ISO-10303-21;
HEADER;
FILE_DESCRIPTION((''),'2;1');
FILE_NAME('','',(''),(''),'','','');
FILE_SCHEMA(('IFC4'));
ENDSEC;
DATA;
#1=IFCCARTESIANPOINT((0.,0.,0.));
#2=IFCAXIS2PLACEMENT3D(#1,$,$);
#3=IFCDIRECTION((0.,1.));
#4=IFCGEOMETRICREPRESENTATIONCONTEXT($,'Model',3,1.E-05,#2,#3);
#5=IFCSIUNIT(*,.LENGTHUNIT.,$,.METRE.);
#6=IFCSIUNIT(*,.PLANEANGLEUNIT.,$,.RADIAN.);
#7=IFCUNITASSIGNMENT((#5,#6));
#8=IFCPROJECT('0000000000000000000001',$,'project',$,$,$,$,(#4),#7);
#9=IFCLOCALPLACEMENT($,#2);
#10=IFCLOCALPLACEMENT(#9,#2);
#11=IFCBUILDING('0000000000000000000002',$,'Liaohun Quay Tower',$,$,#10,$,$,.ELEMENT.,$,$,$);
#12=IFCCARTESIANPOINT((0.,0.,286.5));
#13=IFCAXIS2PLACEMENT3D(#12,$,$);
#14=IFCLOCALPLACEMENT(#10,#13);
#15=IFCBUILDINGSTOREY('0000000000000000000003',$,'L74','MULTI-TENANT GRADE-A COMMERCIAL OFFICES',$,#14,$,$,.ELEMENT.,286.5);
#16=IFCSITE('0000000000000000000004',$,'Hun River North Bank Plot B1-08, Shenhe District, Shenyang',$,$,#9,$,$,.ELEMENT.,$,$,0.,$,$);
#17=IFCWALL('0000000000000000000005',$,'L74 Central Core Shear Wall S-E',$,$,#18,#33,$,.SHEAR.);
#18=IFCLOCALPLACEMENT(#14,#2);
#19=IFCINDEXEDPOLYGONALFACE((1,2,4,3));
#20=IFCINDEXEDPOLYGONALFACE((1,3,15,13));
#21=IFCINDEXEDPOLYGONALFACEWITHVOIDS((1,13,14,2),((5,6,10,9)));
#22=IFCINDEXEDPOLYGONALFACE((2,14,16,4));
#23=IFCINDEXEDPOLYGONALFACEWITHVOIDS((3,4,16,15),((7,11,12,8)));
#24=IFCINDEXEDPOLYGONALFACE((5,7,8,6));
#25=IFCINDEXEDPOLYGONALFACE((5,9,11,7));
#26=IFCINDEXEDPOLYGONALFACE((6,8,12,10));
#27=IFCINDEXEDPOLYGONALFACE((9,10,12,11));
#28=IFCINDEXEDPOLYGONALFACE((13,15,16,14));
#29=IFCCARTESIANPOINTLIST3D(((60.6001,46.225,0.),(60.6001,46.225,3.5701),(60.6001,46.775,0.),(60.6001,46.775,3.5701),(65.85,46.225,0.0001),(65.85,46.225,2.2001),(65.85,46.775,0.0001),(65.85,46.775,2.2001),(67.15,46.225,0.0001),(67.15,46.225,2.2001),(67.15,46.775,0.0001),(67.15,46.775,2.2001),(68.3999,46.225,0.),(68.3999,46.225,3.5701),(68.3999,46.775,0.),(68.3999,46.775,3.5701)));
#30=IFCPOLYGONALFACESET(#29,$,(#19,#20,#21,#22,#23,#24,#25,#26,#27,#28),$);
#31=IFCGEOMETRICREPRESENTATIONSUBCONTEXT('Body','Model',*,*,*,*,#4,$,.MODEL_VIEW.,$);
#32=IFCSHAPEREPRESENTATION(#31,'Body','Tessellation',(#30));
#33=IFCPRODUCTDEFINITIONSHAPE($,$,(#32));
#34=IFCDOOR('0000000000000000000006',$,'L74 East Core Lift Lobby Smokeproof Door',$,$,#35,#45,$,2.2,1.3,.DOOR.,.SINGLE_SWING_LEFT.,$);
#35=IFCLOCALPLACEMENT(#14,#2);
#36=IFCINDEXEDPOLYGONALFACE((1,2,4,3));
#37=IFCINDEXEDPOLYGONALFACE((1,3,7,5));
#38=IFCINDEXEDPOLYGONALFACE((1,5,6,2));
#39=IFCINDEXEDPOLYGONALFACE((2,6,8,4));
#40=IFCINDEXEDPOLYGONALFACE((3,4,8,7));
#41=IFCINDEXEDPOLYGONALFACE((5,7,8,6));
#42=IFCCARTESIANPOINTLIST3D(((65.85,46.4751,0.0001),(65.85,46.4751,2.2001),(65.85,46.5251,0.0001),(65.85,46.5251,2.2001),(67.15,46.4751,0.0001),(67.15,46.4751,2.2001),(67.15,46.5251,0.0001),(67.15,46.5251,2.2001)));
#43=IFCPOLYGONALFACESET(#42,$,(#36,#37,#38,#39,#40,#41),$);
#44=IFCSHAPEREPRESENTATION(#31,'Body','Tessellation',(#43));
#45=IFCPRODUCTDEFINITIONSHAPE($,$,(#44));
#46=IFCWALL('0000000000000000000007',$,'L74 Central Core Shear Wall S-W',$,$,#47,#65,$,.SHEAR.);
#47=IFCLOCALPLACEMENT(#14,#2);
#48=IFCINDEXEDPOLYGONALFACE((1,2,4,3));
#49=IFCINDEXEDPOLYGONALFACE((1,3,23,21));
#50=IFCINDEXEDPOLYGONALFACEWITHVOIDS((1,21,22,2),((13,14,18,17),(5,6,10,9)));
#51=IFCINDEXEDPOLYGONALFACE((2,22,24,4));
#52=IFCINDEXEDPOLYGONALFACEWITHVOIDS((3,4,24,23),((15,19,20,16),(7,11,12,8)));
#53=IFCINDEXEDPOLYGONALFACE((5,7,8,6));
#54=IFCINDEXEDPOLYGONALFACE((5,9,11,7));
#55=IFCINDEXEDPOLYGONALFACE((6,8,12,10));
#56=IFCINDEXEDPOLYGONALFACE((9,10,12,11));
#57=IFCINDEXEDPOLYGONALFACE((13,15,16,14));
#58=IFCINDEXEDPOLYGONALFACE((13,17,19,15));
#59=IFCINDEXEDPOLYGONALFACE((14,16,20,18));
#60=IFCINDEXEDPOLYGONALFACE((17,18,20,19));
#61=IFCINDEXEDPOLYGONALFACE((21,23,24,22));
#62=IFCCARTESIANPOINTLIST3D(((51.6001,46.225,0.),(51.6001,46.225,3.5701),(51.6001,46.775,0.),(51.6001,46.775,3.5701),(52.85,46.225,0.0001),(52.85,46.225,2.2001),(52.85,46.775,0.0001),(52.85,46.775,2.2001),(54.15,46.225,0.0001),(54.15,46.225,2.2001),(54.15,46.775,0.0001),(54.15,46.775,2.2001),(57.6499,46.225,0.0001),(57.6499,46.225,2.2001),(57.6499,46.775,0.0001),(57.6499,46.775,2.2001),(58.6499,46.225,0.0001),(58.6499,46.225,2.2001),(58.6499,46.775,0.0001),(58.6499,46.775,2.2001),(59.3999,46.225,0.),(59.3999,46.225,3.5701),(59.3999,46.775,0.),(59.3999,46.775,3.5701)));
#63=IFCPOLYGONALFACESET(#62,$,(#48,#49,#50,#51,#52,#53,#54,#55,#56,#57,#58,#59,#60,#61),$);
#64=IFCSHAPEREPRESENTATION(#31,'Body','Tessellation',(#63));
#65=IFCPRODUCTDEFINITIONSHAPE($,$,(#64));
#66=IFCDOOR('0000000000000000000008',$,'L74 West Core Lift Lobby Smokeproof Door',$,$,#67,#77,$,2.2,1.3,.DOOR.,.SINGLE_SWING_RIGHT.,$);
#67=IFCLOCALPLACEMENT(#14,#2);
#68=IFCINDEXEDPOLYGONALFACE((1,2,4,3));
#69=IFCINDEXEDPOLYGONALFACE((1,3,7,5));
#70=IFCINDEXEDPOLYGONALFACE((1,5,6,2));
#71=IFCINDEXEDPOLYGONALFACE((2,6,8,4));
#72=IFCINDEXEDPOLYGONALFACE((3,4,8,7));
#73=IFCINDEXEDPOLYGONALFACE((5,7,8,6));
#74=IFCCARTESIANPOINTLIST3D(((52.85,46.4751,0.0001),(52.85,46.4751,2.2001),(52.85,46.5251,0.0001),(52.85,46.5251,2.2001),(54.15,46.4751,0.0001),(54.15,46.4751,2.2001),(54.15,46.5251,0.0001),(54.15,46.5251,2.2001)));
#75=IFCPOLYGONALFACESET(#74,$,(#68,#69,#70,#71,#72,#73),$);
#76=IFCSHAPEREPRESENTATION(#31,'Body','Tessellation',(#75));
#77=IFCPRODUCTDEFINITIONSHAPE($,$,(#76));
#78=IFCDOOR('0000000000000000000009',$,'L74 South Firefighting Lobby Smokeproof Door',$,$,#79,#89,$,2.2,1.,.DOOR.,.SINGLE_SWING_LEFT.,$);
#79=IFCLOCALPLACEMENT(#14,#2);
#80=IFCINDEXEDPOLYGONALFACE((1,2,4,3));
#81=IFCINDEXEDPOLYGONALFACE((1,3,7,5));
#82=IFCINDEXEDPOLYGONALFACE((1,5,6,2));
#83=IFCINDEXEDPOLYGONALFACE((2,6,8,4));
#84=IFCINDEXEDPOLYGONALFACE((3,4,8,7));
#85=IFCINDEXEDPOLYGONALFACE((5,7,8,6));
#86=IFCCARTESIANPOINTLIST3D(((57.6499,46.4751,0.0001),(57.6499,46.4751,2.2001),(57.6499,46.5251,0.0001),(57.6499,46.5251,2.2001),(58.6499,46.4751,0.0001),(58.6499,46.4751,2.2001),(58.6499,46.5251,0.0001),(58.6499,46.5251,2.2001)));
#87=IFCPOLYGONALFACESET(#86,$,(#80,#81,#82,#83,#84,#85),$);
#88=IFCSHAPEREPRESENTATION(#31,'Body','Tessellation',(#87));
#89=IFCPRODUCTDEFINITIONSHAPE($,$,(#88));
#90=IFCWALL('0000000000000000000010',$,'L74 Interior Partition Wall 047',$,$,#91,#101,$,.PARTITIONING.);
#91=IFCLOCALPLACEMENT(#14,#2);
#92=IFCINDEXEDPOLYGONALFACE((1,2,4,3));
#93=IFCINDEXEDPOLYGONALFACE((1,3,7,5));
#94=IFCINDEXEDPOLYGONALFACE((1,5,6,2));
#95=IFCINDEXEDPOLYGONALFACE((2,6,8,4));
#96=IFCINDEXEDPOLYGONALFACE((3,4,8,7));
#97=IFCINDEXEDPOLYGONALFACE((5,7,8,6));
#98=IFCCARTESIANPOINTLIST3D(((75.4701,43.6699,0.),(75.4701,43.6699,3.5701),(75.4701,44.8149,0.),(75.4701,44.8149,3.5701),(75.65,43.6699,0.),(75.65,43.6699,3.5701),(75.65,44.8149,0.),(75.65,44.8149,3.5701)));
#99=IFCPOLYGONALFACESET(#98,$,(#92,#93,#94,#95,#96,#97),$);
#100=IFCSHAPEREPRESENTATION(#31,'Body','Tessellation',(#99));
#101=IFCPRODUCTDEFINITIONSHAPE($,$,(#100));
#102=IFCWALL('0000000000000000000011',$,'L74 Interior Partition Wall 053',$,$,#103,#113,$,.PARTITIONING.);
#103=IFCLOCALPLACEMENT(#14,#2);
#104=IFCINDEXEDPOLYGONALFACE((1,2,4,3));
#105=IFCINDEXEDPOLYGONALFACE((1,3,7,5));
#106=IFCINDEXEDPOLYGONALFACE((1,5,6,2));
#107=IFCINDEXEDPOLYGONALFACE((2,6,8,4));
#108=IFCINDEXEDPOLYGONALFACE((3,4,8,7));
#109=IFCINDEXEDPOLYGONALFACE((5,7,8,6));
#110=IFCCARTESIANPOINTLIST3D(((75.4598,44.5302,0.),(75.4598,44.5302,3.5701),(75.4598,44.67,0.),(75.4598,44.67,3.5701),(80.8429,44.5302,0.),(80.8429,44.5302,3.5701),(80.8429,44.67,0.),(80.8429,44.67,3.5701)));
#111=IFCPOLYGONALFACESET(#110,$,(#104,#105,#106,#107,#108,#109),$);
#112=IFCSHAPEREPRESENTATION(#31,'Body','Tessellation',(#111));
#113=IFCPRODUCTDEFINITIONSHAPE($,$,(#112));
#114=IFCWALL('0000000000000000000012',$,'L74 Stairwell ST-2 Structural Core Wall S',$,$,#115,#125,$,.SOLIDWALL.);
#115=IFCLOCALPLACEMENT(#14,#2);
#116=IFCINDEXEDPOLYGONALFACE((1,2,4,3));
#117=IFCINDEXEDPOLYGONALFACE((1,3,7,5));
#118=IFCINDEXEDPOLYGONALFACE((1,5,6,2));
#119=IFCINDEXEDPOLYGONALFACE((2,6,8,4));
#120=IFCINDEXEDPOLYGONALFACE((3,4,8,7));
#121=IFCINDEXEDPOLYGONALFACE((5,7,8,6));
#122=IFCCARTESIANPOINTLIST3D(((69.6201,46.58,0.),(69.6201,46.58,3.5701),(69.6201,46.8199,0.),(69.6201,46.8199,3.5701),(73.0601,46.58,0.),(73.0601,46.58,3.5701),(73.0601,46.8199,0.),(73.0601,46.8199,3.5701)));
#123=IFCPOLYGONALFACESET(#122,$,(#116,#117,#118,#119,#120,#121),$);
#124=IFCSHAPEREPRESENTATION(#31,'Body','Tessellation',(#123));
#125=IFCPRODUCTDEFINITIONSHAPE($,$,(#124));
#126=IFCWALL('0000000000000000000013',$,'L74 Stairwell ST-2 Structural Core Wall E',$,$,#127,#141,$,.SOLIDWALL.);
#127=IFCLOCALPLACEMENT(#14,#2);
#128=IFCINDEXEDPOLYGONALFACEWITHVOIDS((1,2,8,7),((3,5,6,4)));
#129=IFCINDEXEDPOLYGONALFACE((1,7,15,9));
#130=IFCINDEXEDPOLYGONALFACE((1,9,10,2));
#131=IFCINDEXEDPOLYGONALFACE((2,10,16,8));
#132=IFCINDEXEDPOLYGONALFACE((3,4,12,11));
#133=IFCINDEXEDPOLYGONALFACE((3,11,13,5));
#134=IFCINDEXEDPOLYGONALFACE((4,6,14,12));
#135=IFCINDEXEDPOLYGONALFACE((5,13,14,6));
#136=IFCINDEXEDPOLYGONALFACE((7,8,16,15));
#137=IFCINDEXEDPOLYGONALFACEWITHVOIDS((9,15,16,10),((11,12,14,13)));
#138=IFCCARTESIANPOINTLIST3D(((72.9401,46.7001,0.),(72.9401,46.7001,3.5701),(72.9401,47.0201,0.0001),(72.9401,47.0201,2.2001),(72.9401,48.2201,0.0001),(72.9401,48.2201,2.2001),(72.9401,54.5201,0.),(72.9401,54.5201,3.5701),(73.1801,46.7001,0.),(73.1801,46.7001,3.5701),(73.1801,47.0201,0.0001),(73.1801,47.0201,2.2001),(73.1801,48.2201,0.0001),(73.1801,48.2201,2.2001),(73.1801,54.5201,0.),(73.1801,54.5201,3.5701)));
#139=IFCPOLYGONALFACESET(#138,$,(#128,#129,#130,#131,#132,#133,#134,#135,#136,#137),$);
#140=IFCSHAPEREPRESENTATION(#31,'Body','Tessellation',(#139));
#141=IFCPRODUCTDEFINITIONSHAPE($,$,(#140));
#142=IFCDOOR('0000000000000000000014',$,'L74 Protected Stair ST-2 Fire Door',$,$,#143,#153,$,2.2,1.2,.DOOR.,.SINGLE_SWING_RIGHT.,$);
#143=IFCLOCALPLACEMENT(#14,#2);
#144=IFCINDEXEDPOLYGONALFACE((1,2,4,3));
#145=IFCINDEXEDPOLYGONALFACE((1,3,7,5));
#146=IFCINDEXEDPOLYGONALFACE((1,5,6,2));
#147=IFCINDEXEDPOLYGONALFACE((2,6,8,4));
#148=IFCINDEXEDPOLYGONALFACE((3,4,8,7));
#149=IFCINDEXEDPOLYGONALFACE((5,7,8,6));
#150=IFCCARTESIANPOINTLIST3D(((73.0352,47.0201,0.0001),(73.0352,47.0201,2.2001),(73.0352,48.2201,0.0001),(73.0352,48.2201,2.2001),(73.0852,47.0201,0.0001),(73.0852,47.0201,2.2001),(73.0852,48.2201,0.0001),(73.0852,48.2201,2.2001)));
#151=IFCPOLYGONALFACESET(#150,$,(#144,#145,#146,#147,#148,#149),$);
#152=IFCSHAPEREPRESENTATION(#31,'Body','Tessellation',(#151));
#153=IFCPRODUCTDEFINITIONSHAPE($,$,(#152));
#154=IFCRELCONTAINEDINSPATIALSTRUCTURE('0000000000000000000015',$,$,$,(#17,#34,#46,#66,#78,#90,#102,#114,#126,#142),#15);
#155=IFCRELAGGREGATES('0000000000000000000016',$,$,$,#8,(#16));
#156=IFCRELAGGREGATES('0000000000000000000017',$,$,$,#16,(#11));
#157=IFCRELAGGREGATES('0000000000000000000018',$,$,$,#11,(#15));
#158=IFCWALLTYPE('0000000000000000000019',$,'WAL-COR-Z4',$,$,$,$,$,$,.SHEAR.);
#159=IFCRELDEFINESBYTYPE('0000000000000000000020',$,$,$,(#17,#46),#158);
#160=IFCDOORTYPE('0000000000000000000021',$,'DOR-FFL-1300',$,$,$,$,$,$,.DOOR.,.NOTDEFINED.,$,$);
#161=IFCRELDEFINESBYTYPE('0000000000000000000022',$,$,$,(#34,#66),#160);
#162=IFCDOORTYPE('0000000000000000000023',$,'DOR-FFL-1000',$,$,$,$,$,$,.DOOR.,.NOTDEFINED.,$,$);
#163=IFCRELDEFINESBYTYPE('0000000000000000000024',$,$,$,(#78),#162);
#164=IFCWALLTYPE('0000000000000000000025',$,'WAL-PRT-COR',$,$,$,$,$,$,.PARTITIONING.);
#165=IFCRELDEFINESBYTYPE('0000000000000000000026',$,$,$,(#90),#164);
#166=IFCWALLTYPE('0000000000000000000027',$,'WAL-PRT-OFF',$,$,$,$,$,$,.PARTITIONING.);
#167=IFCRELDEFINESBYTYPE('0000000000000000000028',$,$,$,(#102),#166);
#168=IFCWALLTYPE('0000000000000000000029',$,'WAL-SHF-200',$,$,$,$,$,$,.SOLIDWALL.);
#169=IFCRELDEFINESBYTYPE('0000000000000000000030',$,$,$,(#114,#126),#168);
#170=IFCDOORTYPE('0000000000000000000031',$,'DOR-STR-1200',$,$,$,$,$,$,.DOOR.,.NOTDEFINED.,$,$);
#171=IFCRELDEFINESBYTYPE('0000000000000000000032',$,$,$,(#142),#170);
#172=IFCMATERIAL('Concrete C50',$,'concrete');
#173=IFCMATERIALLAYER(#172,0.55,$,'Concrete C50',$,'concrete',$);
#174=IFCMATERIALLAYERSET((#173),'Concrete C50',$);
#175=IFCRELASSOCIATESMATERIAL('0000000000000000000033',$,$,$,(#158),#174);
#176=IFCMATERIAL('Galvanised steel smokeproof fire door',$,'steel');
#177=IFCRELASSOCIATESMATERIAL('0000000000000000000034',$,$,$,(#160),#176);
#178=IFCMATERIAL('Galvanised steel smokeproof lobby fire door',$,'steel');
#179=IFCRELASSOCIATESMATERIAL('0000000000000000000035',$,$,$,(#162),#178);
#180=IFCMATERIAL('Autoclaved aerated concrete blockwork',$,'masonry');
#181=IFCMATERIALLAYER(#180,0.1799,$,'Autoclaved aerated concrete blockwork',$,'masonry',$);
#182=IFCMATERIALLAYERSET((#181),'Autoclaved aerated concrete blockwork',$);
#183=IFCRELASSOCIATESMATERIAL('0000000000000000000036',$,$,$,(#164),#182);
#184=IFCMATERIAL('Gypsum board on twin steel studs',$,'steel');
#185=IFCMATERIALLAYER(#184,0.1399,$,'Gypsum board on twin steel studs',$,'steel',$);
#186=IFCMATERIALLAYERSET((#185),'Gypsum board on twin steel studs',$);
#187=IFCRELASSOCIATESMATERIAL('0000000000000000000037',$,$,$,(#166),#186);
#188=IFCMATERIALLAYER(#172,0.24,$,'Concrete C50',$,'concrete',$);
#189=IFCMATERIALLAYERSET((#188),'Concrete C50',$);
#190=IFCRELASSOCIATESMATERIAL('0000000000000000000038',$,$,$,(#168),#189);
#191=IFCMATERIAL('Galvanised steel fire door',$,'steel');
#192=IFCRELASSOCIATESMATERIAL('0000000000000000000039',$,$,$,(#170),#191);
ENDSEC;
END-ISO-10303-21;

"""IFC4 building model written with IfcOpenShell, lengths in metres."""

from ifc_helpers import new_model, si_unit, direction, frame, frame_2d, origin, place, context, subcontext, project, spatial, rectangle, extrude, source, transform, mapped, material, layer, layer_set, type_object, element, fill, save


model = new_model("IFC4")

# Units and contexts
model_context = context("Model", 3, precision=1e-05, world=origin(), true_north=direction((0.0, 1.0)))
body_context = subcontext(model_context, "Body", "Model", "MODEL_VIEW")
ifc_project = project(units=[si_unit("LENGTHUNIT", "METRE"), si_unit("PLANEANGLEUNIT", "RADIAN")], contexts=[model_context])

# Site, building, storey
site_placement = place(None, origin())
site = spatial("IfcSite", under=ifc_project, at=site_placement, Name="Hun River North Bank Plot B1-08, Shenhe District, Shenyang", CompositionType="ELEMENT", RefElevation=0.0)
building_placement = place(site_placement, origin())
building = spatial("IfcBuilding", under=site, at=building_placement, Name="Liaohun Quay Tower", CompositionType="ELEMENT")
storey_placement = place(building_placement, frame((0.0, 0.0, 286.5)))
storey = spatial("IfcBuildingStorey", under=building, at=storey_placement, Name="L74", Description="MULTI-TENANT GRADE-A COMMERCIAL OFFICES", CompositionType="ELEMENT", Elevation=286.5)

# Shared definitions
ifc_material_1 = material(Name="Concrete C50", Category="concrete")

# Wall, opening, door
ifc_layer_1 = layer(ifc_material_1, 0.55, Name="Concrete C50", Category="concrete")
ifc_layer_set_1 = layer_set([ifc_layer_1], Name="Concrete C50")
wall_type_1 = type_object("IfcWallType", Name="WAL-COR-Z4", PredefinedType="SHEAR", material=ifc_layer_set_1)
wall_1_placement = place(storey_placement, frame((68.3999, 46.5, 0.0), z_axis=(0.0, 0.0, 1.0), x_axis=(-1.0, 0.0, 0.0)))
wall_1 = element("IfcWall", 1, at=wall_1_placement, inside=storey, type_object=wall_type_1, Name="L74 Central Core Shear Wall S-E", PredefinedType="SHEAR", context=body_context, shape_type="SweptSolid", body=[
    extrude(rectangle(XDim=7.7998, YDim=0.55, at=frame_2d((3.8999, 0.0))), origin(), (0.0, 0.0, 1.0), 3.5701),
])
shared_shape_1 = source(origin(), body_context, "Body", "SweptSolid", [
    extrude(rectangle(XDim=1.3, YDim=2.2, at=frame_2d((0.6499, 1.1001))), frame((0.0, 0.2849, 0.0), z_axis=(0.0, -1.0, 0.0), x_axis=(1.0, 0.0, 0.0)), (0.0, 0.0, 1.0), 0.5701),
])
opening_1_placement = place(wall_1_placement, frame((1.25, 0.0, 0.0)))
opening_1 = element("IfcOpeningElement", 2, at=opening_1_placement, cuts=wall_1, PredefinedType="OPENING", context=body_context, shape_type="MappedRepresentation", body=[
    mapped(shared_shape_1, transform((0.0, 0.0, 0.0), x_axis=(1.0, 0.0, 0.0), y_axis=(0.0, 1.0, 0.0), z_axis=(0.0, 0.0, 1.0), scale=1.0)),
])
ifc_material_2 = material(Name="Galvanised steel smokeproof fire door", Category="steel")
door_type_1 = type_object("IfcDoorType", Name="DOR-FFL-1300", OperationType="NOTDEFINED", PredefinedType="DOOR", material=ifc_material_2)
shared_shape_2 = source(origin(), body_context, "Body", "SweptSolid", [
    extrude(rectangle(XDim=1.3, YDim=2.2, at=frame_2d((0.6499, 1.1001))), frame((0.0, 0.0249, 0.0), z_axis=(0.0, -1.0, 0.0), x_axis=(1.0, 0.0, 0.0)), (0.0, 0.0, 1.0), 0.05),
])
door_1_placement = place(opening_1_placement, origin())
door_1 = element("IfcDoor", 3, at=door_1_placement, inside=storey, type_object=door_type_1, Name="L74 East Core Lift Lobby Smokeproof Door", OperationType="SINGLE_SWING_LEFT", OverallHeight=2.2, OverallWidth=1.3, PredefinedType="DOOR", context=body_context, shape_type="MappedRepresentation", body=[
    mapped(shared_shape_2, transform((0.0, 0.0, 0.0), x_axis=(1.0, 0.0, 0.0), y_axis=(0.0, 1.0, 0.0), z_axis=(0.0, 0.0, 1.0), scale=1.0)),
])
fill(opening_1, door_1)

# Wall, openings, doors
wall_2_placement = place(storey_placement, frame((59.3999, 46.5, 0.0), z_axis=(0.0, 0.0, 1.0), x_axis=(-1.0, 0.0, 0.0)))
wall_2 = element("IfcWall", 4, at=wall_2_placement, inside=storey, type_object=wall_type_1, Name="L74 Central Core Shear Wall S-W", PredefinedType="SHEAR", context=body_context, shape_type="SweptSolid", body=[
    extrude(rectangle(XDim=7.7998, YDim=0.55, at=frame_2d((3.8999, 0.0))), origin(), (0.0, 0.0, 1.0), 3.5701),
])
opening_2_placement = place(wall_2_placement, frame((5.25, 0.0, 0.0)))
opening_2 = element("IfcOpeningElement", 5, at=opening_2_placement, cuts=wall_2, PredefinedType="OPENING", context=body_context, shape_type="MappedRepresentation", body=[
    mapped(shared_shape_1, transform((0.0, 0.0, 0.0), x_axis=(1.0, 0.0, 0.0), y_axis=(0.0, 1.0, 0.0), z_axis=(0.0, 0.0, 1.0), scale=1.0)),
])
shared_shape_3 = source(origin(), body_context, "Body", "SweptSolid", [
    extrude(rectangle(XDim=1.0, YDim=2.2, at=frame_2d((0.5, 1.1001))), frame((0.0, 0.2849, 0.0), z_axis=(0.0, -1.0, 0.0), x_axis=(1.0, 0.0, 0.0)), (0.0, 0.0, 1.0), 0.5701),
])
opening_3_placement = place(wall_2_placement, frame((0.75, 0.0, 0.0)))
opening_3 = element("IfcOpeningElement", 6, at=opening_3_placement, cuts=wall_2, PredefinedType="OPENING", context=body_context, shape_type="MappedRepresentation", body=[
    mapped(shared_shape_3, transform((0.0, 0.0, 0.0), x_axis=(1.0, 0.0, 0.0), y_axis=(0.0, 1.0, 0.0), z_axis=(0.0, 0.0, 1.0), scale=1.0)),
])
door_2_placement = place(opening_2_placement, origin())
door_2 = element("IfcDoor", 7, at=door_2_placement, inside=storey, type_object=door_type_1, Name="L74 West Core Lift Lobby Smokeproof Door", OperationType="SINGLE_SWING_RIGHT", OverallHeight=2.2, OverallWidth=1.3, PredefinedType="DOOR", context=body_context, shape_type="MappedRepresentation", body=[
    mapped(shared_shape_2, transform((0.0, 0.0, 0.0), x_axis=(1.0, 0.0, 0.0), y_axis=(0.0, 1.0, 0.0), z_axis=(0.0, 0.0, 1.0), scale=1.0)),
])
fill(opening_2, door_2)
ifc_material_3 = material(Name="Galvanised steel smokeproof lobby fire door", Category="steel")
door_type_2 = type_object("IfcDoorType", Name="DOR-FFL-1000", OperationType="NOTDEFINED", PredefinedType="DOOR", material=ifc_material_3)
shared_shape_4 = source(origin(), body_context, "Body", "SweptSolid", [
    extrude(rectangle(XDim=1.0, YDim=2.2, at=frame_2d((0.5, 1.1001))), frame((0.0, 0.0249, 0.0), z_axis=(0.0, -1.0, 0.0), x_axis=(1.0, 0.0, 0.0)), (0.0, 0.0, 1.0), 0.05),
])
door_3_placement = place(opening_3_placement, origin())
door_3 = element("IfcDoor", 8, at=door_3_placement, inside=storey, type_object=door_type_2, Name="L74 South Firefighting Lobby Smokeproof Door", OperationType="SINGLE_SWING_LEFT", OverallHeight=2.2, OverallWidth=1.0, PredefinedType="DOOR", context=body_context, shape_type="MappedRepresentation", body=[
    mapped(shared_shape_4, transform((0.0, 0.0, 0.0), x_axis=(1.0, 0.0, 0.0), y_axis=(0.0, 1.0, 0.0), z_axis=(0.0, 0.0, 1.0), scale=1.0)),
])
fill(opening_3, door_3)

# Walls
ifc_material_4 = material(Name="Autoclaved aerated concrete blockwork", Category="masonry")
ifc_layer_2 = layer(ifc_material_4, 0.1799, Name="Autoclaved aerated concrete blockwork", Category="masonry")
ifc_layer_set_2 = layer_set([ifc_layer_2], Name="Autoclaved aerated concrete blockwork")
wall_type_2 = type_object("IfcWallType", Name="WAL-PRT-COR", PredefinedType="PARTITIONING", material=ifc_layer_set_2)
wall_3_placement = place(storey_placement, frame((75.5601, 44.8149, 0.0), z_axis=(0.0, 0.0, 1.0), x_axis=(0.0, -1.0, 0.0)))
element("IfcWall", 9, at=wall_3_placement, inside=storey, type_object=wall_type_2, Name="L74 Interior Partition Wall 047", PredefinedType="PARTITIONING", context=body_context, shape_type="SweptSolid", body=[
    extrude(rectangle(XDim=1.145, YDim=0.1799, at=frame_2d((0.5725, 0.0))), origin(), (0.0, 0.0, 1.0), 3.5701),
])
ifc_material_5 = material(Name="Gypsum board on twin steel studs", Category="steel")
ifc_layer_3 = layer(ifc_material_5, 0.1399, Name="Gypsum board on twin steel studs", Category="steel")
ifc_layer_set_3 = layer_set([ifc_layer_3], Name="Gypsum board on twin steel studs")
wall_type_3 = type_object("IfcWallType", Name="WAL-PRT-OFF", PredefinedType="PARTITIONING", material=ifc_layer_set_3)
wall_4_placement = place(storey_placement, frame((75.46, 44.6001, 0.0), z_axis=(0.0, 0.0, 1.0), x_axis=(1.0, 0.0, 0.0)))
element("IfcWall", 10, at=wall_4_placement, inside=storey, type_object=wall_type_3, Name="L74 Interior Partition Wall 053", PredefinedType="PARTITIONING", context=body_context, shape_type="SweptSolid", body=[
    extrude(rectangle(XDim=5.3831, YDim=0.1399, at=frame_2d((2.6914, 0.0))), origin(), (0.0, 0.0, 1.0), 3.5701),
])
ifc_layer_4 = layer(ifc_material_1, 0.24, Name="Concrete C50", Category="concrete")
ifc_layer_set_4 = layer_set([ifc_layer_4], Name="Concrete C50")
wall_type_4 = type_object("IfcWallType", Name="WAL-SHF-200", PredefinedType="SOLIDWALL", material=ifc_layer_set_4)
wall_5_placement = place(storey_placement, frame((69.6201, 46.7, 0.0), z_axis=(0.0, 0.0, 1.0), x_axis=(1.0, 0.0, 0.0)))
element("IfcWall", 11, at=wall_5_placement, inside=storey, type_object=wall_type_4, Name="L74 Stairwell ST-2 Structural Core Wall S", PredefinedType="SOLIDWALL", context=body_context, shape_type="SweptSolid", body=[
    extrude(rectangle(XDim=3.4399, YDim=0.24, at=frame_2d((1.72, 0.0))), origin(), (0.0, 0.0, 1.0), 3.5701),
])

# Wall, opening, door
wall_6_placement = place(storey_placement, frame((73.0601, 46.7, 0.0), z_axis=(0.0, 0.0, 1.0), x_axis=(0.0, 1.0, 0.0)))
wall_6 = element("IfcWall", 12, at=wall_6_placement, inside=storey, type_object=wall_type_4, Name="L74 Stairwell ST-2 Structural Core Wall E", PredefinedType="SOLIDWALL", context=body_context, shape_type="SweptSolid", body=[
    extrude(rectangle(XDim=7.8201, YDim=0.24, at=frame_2d((3.9102, 0.0))), origin(), (0.0, 0.0, 1.0), 3.5701),
])
shared_shape_5 = source(origin(), body_context, "Body", "SweptSolid", [
    extrude(rectangle(XDim=1.2, YDim=2.2, at=frame_2d((0.6001, 1.1001))), frame((0.0, 0.1299, 0.0), z_axis=(0.0, -1.0, 0.0), x_axis=(1.0, 0.0, 0.0)), (0.0, 0.0, 1.0), 0.26),
])
opening_4_placement = place(wall_6_placement, frame((0.3201, 0.0, 0.0)))
opening_4 = element("IfcOpeningElement", 13, at=opening_4_placement, cuts=wall_6, PredefinedType="OPENING", context=body_context, shape_type="MappedRepresentation", body=[
    mapped(shared_shape_5, transform((0.0, 0.0, 0.0), x_axis=(1.0, 0.0, 0.0), y_axis=(0.0, 1.0, 0.0), z_axis=(0.0, 0.0, 1.0), scale=1.0)),
])
ifc_material_6 = material(Name="Galvanised steel fire door", Category="steel")
door_type_3 = type_object("IfcDoorType", Name="DOR-STR-1200", OperationType="NOTDEFINED", PredefinedType="DOOR", material=ifc_material_6)
shared_shape_6 = source(origin(), body_context, "Body", "SweptSolid", [
    extrude(rectangle(XDim=1.2, YDim=2.2, at=frame_2d((0.6001, 1.1001))), frame((0.0, 0.0249, 0.0), z_axis=(0.0, -1.0, 0.0), x_axis=(1.0, 0.0, 0.0)), (0.0, 0.0, 1.0), 0.05),
])
door_4_placement = place(opening_4_placement, origin())
door_4 = element("IfcDoor", 14, at=door_4_placement, inside=storey, type_object=door_type_3, Name="L74 Protected Stair ST-2 Fire Door", OperationType="SINGLE_SWING_RIGHT", OverallHeight=2.2, OverallWidth=1.2, PredefinedType="DOOR", context=body_context, shape_type="MappedRepresentation", body=[
    mapped(shared_shape_6, transform((0.0, 0.0, 0.0), x_axis=(1.0, 0.0, 0.0), y_axis=(0.0, 1.0, 0.0), z_axis=(0.0, 0.0, 1.0), scale=1.0)),
])
fill(opening_4, door_4)

save(model, "model.ifc")
